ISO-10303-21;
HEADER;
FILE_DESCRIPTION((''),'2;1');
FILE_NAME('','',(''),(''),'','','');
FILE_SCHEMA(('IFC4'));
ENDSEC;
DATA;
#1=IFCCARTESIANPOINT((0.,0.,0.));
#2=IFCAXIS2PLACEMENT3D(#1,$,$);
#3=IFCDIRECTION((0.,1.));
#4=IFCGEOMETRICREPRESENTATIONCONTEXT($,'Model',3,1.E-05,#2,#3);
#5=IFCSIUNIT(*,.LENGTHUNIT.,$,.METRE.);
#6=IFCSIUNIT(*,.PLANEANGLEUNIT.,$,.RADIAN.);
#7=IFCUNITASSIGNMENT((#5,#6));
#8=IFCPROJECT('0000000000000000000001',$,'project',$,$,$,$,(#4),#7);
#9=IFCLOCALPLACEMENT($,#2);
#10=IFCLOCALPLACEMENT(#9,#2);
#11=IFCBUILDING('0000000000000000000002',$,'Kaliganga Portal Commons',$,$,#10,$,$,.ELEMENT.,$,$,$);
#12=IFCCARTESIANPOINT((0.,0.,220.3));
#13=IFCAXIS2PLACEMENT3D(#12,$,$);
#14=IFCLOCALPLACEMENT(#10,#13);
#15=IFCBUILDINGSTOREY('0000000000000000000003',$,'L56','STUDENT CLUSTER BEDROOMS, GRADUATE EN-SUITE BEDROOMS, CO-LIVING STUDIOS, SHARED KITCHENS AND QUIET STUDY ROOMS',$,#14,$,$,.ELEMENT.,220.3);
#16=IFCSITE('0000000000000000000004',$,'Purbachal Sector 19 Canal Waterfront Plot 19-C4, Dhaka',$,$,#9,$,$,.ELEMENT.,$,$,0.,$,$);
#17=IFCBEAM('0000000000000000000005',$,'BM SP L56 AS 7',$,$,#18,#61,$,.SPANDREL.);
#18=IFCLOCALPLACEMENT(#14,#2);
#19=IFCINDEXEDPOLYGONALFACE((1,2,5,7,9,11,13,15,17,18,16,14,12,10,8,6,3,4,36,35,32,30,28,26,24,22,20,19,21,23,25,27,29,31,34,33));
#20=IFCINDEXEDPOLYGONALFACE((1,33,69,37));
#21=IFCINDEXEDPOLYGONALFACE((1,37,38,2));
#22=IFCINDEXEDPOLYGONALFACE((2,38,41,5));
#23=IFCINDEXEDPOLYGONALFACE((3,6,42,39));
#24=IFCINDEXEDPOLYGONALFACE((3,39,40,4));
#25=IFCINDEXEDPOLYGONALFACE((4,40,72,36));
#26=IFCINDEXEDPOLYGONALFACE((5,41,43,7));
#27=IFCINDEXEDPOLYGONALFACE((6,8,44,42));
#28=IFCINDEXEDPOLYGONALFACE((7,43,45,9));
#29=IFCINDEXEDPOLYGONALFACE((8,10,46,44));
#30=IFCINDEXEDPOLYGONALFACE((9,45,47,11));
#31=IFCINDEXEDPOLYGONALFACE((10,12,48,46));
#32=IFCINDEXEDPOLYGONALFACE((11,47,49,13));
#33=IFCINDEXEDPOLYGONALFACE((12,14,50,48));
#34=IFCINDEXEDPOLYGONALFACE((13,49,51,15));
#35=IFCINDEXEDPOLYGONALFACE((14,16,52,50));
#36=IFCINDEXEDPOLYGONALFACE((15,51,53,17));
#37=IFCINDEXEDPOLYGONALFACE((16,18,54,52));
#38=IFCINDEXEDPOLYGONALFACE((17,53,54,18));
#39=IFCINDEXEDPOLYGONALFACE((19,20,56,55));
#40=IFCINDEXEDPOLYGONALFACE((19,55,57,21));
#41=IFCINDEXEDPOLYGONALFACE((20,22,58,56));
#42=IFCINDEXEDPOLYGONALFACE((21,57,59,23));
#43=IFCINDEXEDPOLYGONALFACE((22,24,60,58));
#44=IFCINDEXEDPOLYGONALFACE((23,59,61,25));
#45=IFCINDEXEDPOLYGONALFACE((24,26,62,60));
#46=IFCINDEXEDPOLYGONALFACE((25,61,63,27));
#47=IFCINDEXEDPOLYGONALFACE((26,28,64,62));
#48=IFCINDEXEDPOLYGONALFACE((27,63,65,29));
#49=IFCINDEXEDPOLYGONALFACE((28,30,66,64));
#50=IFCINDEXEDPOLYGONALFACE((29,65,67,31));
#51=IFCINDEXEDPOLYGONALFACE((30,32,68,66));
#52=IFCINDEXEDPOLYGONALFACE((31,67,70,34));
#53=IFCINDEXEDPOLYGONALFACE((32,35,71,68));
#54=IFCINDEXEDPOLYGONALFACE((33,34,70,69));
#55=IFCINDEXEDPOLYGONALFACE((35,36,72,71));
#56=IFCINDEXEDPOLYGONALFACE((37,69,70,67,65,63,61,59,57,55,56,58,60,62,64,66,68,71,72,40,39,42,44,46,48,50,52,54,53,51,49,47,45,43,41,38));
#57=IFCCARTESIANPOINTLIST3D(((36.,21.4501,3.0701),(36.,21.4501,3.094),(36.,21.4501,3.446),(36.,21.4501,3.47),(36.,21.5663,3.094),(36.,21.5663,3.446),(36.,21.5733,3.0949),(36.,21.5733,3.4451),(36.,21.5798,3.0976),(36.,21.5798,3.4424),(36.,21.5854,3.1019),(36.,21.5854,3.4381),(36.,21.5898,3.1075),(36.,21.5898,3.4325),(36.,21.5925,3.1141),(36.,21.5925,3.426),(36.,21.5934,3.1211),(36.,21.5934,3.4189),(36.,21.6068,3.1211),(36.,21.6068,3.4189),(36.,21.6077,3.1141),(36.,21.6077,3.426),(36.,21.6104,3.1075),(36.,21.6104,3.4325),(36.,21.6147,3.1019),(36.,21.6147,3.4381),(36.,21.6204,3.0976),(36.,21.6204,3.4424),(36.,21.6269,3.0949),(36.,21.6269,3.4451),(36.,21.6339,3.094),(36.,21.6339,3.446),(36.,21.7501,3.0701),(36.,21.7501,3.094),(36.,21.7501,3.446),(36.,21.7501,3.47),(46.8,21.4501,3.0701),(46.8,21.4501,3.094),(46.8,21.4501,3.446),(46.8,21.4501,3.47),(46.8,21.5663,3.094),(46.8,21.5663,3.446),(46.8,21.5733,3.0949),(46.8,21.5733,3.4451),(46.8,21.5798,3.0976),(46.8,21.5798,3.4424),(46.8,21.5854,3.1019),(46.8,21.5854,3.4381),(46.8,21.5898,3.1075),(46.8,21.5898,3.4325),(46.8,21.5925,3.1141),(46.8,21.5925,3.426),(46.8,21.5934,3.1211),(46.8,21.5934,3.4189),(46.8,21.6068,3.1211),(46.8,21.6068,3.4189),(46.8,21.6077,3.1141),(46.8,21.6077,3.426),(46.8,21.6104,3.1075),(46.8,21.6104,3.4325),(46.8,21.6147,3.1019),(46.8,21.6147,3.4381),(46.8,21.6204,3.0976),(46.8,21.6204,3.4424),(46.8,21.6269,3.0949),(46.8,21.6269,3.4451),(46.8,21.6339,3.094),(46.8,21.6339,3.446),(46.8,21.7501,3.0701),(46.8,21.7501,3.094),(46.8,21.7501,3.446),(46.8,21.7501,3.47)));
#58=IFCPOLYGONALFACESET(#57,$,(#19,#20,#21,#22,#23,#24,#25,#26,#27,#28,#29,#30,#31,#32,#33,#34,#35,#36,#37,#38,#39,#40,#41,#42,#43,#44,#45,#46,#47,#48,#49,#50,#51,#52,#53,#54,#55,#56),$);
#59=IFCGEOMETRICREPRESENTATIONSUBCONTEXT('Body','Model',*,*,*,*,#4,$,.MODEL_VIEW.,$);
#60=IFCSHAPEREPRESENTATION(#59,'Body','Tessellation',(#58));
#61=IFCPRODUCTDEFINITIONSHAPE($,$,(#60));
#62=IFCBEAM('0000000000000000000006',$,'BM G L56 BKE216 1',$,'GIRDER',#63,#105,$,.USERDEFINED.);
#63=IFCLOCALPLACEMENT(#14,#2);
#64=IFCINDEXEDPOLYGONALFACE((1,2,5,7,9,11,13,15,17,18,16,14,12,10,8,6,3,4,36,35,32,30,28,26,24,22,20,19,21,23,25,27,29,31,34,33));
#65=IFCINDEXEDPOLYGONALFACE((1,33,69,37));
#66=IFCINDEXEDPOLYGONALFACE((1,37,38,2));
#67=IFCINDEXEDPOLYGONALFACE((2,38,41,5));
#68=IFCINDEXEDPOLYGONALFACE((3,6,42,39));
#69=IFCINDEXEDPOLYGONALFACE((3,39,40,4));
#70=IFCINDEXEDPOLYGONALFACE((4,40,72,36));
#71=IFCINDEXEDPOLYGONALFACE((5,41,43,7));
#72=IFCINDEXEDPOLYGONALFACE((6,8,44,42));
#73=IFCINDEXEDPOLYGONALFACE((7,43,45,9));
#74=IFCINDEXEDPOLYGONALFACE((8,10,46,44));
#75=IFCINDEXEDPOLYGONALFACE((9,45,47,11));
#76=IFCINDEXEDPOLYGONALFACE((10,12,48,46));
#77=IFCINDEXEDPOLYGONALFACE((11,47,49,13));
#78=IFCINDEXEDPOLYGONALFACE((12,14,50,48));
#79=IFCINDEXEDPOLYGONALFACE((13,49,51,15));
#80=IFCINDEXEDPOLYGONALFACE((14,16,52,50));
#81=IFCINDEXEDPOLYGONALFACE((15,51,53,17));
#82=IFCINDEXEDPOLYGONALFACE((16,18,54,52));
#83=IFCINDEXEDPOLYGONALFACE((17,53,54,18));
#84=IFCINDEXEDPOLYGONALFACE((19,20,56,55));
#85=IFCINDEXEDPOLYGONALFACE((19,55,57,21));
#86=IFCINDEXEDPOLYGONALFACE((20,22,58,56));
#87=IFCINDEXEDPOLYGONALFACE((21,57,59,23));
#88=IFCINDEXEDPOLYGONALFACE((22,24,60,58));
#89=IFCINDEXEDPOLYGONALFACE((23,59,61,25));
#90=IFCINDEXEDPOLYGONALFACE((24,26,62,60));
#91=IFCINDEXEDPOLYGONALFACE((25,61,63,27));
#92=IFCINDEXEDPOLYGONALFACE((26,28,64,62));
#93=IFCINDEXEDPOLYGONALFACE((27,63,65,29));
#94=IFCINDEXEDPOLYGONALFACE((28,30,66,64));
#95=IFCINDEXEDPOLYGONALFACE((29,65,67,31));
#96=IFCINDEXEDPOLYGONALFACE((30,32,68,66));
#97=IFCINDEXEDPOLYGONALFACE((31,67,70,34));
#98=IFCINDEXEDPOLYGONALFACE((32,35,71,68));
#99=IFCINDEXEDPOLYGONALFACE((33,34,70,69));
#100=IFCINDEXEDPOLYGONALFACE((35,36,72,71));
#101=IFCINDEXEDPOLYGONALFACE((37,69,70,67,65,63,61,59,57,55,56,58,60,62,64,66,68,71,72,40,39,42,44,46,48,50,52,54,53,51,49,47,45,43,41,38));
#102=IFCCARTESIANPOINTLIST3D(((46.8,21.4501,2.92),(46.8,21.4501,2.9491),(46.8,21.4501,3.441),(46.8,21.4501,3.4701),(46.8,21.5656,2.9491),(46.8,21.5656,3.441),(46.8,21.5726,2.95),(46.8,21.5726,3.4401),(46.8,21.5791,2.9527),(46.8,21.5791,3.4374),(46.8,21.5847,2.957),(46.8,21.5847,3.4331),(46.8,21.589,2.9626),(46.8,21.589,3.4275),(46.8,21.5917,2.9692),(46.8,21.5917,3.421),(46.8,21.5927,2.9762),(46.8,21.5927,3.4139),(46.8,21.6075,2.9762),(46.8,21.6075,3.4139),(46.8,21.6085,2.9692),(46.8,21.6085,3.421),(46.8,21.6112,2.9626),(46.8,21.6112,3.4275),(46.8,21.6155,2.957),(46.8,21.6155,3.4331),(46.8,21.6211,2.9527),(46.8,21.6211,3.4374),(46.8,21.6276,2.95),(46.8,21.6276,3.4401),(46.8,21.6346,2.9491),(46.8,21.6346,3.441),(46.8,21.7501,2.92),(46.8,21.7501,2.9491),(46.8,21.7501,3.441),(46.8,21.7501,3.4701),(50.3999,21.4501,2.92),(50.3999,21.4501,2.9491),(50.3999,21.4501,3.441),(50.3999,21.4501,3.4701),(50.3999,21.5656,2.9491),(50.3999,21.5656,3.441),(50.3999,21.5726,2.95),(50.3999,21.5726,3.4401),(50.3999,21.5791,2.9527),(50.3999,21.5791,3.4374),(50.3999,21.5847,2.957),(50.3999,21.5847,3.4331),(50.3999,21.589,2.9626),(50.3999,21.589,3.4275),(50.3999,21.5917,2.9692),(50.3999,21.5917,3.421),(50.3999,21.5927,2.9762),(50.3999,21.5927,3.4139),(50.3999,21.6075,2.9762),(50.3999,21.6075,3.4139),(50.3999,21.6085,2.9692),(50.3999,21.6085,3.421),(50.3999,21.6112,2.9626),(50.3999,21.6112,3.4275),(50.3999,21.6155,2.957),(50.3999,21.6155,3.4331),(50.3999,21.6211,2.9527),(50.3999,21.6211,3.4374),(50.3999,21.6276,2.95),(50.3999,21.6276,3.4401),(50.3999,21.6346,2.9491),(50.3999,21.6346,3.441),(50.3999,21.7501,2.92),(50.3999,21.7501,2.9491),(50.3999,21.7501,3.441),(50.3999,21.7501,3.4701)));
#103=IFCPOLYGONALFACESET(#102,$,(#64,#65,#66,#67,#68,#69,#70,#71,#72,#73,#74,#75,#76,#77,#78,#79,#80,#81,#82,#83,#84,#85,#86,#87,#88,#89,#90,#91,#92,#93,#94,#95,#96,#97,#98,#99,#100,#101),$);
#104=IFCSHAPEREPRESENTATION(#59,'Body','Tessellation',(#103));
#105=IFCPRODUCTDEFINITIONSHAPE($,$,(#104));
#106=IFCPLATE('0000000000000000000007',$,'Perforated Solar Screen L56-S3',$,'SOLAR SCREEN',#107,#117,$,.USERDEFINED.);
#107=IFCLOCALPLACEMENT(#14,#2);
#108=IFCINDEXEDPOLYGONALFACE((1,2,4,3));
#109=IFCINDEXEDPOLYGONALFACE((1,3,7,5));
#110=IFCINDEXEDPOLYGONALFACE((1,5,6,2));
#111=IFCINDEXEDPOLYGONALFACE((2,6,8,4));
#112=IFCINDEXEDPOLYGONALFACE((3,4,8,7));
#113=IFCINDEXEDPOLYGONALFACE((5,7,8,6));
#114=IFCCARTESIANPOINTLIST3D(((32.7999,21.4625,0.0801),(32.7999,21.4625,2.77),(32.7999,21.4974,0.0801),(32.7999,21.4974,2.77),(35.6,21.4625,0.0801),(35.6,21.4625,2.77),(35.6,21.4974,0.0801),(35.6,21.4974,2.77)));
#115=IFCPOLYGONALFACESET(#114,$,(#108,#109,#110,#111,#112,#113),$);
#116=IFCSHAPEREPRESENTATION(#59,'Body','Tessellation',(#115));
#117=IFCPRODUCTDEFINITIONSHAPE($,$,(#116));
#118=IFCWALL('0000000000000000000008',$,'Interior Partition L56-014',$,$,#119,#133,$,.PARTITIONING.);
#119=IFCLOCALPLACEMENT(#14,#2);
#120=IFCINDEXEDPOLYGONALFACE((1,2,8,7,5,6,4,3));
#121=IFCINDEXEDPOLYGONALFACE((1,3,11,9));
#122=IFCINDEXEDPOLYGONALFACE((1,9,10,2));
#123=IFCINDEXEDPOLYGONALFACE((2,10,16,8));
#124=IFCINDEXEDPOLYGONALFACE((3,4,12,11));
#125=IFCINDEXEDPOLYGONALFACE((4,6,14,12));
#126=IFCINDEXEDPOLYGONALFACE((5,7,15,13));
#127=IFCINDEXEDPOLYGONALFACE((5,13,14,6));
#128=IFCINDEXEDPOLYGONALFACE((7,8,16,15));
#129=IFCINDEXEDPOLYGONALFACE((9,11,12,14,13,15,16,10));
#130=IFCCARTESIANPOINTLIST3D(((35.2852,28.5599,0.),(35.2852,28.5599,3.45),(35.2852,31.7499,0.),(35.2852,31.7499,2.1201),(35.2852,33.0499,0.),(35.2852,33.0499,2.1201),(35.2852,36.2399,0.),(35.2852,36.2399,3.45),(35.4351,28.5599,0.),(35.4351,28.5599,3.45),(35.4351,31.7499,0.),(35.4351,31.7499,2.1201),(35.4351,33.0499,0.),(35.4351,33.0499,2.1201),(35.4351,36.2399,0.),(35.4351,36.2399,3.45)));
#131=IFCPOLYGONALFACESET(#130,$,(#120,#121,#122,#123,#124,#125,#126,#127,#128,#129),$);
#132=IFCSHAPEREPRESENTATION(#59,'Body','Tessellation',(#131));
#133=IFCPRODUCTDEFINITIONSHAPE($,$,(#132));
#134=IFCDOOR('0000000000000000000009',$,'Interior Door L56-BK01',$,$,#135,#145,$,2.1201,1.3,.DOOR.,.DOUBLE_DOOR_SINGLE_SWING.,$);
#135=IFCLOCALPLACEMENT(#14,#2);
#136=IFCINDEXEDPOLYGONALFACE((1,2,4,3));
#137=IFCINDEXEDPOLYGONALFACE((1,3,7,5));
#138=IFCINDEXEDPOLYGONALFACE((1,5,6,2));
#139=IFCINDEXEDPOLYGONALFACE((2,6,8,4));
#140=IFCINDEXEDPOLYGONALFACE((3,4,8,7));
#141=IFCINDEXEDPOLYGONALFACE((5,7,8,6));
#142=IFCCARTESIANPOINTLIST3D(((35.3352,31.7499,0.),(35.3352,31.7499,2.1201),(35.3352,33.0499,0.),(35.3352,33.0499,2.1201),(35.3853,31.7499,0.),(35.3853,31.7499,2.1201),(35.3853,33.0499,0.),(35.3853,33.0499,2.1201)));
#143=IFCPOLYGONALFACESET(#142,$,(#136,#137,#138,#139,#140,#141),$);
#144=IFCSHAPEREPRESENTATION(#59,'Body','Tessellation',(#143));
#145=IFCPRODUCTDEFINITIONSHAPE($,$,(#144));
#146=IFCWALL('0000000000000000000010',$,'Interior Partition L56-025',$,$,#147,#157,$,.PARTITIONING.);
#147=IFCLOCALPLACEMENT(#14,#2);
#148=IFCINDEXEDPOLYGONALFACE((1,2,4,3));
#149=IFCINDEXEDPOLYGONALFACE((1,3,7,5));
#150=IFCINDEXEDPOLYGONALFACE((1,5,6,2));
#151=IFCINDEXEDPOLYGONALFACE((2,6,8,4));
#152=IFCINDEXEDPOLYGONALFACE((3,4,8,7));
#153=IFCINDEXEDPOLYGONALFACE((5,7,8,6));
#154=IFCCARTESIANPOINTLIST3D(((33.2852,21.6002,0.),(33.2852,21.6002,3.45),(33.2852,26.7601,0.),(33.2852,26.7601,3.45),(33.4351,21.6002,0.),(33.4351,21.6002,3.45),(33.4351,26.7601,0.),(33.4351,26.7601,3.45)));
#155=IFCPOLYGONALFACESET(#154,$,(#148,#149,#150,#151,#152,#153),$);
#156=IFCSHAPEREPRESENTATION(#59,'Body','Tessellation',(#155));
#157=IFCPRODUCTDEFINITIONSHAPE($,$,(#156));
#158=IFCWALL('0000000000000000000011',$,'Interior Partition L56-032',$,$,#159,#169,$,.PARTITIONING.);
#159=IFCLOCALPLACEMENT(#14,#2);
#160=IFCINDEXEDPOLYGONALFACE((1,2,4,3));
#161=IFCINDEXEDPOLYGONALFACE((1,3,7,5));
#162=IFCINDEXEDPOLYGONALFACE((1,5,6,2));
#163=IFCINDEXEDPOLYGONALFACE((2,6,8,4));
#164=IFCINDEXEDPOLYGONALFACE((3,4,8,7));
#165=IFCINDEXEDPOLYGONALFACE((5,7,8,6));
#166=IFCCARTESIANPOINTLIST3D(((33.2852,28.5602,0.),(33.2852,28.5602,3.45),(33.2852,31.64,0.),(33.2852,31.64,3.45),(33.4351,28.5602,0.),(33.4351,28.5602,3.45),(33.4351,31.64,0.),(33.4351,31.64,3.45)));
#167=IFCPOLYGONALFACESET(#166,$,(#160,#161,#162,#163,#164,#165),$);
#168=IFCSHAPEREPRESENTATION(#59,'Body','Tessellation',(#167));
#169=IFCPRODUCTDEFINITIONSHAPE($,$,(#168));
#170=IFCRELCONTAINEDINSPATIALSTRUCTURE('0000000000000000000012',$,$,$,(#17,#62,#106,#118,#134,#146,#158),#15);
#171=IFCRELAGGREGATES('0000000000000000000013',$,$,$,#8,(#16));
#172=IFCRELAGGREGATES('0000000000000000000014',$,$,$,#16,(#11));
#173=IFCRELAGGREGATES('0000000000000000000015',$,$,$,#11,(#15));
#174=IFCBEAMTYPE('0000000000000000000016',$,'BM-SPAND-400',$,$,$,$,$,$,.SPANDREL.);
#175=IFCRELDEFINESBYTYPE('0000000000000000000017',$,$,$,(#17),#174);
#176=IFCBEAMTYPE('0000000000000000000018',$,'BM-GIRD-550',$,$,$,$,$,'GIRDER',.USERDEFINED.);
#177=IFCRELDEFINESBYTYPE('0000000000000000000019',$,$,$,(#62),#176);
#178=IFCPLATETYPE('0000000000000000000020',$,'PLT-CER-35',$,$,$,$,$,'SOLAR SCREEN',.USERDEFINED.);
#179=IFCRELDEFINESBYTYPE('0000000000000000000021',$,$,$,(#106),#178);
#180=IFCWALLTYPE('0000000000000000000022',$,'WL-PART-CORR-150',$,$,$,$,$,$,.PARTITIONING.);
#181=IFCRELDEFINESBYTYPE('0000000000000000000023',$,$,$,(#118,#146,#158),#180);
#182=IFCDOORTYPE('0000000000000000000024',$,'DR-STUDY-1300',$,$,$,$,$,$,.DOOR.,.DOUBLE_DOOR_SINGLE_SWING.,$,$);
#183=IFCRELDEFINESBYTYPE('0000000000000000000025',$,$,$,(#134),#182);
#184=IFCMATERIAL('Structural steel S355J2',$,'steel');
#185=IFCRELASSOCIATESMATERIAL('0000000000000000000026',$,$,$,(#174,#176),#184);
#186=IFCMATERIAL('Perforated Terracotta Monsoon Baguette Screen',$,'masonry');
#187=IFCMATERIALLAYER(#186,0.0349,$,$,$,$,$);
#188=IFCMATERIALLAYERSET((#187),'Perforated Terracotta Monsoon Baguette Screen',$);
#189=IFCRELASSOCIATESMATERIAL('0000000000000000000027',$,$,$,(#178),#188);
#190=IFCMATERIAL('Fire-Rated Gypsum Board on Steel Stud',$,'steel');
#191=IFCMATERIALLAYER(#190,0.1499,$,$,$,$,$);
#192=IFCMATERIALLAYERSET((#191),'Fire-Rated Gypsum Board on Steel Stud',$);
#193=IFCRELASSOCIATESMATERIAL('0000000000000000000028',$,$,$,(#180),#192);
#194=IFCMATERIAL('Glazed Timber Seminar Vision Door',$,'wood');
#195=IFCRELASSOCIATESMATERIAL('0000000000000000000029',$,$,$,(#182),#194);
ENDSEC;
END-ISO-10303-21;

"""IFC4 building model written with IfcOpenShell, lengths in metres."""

from ifc_helpers import new_model, si_unit, direction, frame, frame_2d, origin, origin_2d, place, context, subcontext, project, spatial, rectangle, i_section, extrude, source, transform, mapped, material, layer, layer_set, material_profile, profile_set, type_object, element, fill, save


model = new_model("IFC4")

# Units and contexts
model_context = context("Model", 3, precision=1e-05, world=origin(), true_north=direction((0.0, 1.0)))
body_context = subcontext(model_context, "Body", "Model", "MODEL_VIEW")
ifc_project = project(units=[si_unit("LENGTHUNIT", "METRE"), si_unit("PLANEANGLEUNIT", "RADIAN")], contexts=[model_context])

# Site, building, storey
site_placement = place(None, origin())
site = spatial("IfcSite", under=ifc_project, at=site_placement, Name="Purbachal Sector 19 Canal Waterfront Plot 19-C4, Dhaka", CompositionType="ELEMENT", RefElevation=0.0)
building_placement = place(site_placement, origin())
building = spatial("IfcBuilding", under=site, at=building_placement, Name="Kaliganga Portal Commons", CompositionType="ELEMENT")
storey_placement = place(building_placement, frame((0.0, 0.0, 220.3)))
storey = spatial("IfcBuildingStorey", under=building, at=storey_placement, Name="L56", Description="STUDENT CLUSTER BEDROOMS, GRADUATE EN-SUITE BEDROOMS, CO-LIVING STUDIOS, SHARED KITCHENS AND QUIET STUDY ROOMS", CompositionType="ELEMENT", Elevation=220.3)

# Beams
ifc_material_1 = material(Name="Structural steel S355J2", Category="steel")
ifc_material_profile_1 = material_profile(ifc_material_1, i_section(OverallWidth=0.3, OverallDepth=0.3999, WebThickness=0.0134, FlangeThickness=0.0239, FilletRadius=0.0271, at=origin_2d()), Name="HE 400 B")
ifc_profile_set_1 = profile_set([ifc_material_profile_1], Name="Structural steel S355J2 wide-flange")
beam_type_1 = type_object("IfcBeamType", Name="BM-SPAND-400", PredefinedType="SPANDREL", material=ifc_profile_set_1)
shared_shape_1 = source(origin(), body_context, "Body", "SweptSolid", [
    extrude(i_section(OverallWidth=0.3, OverallDepth=0.3999, WebThickness=0.0134, FlangeThickness=0.0239, FilletRadius=0.0271, at=origin_2d()), origin(), (0.0, 0.0, 1.0), 10.8),
])
beam_1_placement = place(storey_placement, frame((36.0, 21.6001, 3.27), z_axis=(1.0, 0.0, 0.0), x_axis=(0.0, 1.0, 0.0)))
element("IfcBeam", 1, at=beam_1_placement, inside=storey, type_object=beam_type_1, Name="BM SP L56 AS 7", PredefinedType="SPANDREL", context=body_context, shape_type="MappedRepresentation", body=[
    mapped(shared_shape_1, transform((0.0, 0.0, 0.0), x_axis=(1.0, 0.0, 0.0), y_axis=(0.0, 1.0, 0.0), z_axis=(0.0, 0.0, 1.0), scale=1.0)),
])
ifc_material_profile_2 = material_profile(ifc_material_1, i_section(OverallWidth=0.3, OverallDepth=0.55, WebThickness=0.0149, FlangeThickness=0.0291, FilletRadius=0.0271, at=origin_2d()), Name="HE 550 B")
ifc_profile_set_2 = profile_set([ifc_material_profile_2], Name="Structural steel S355J2 wide-flange")
beam_type_2 = type_object("IfcBeamType", Name="BM-GIRD-550", ElementType="GIRDER", PredefinedType="USERDEFINED", material=ifc_profile_set_2)
shared_shape_2 = source(origin(), body_context, "Body", "SweptSolid", [
    extrude(i_section(OverallWidth=0.3, OverallDepth=0.55, WebThickness=0.0149, FlangeThickness=0.0291, FilletRadius=0.0271, at=origin_2d()), origin(), (0.0, 0.0, 1.0), 3.5999),
])
beam_2_placement = place(storey_placement, frame((46.8, 21.6001, 3.1951), z_axis=(1.0, 0.0, 0.0), x_axis=(0.0, 1.0, 0.0)))
element("IfcBeam", 2, at=beam_2_placement, inside=storey, type_object=beam_type_2, Name="BM G L56 BKE216 1", ObjectType="GIRDER", PredefinedType="USERDEFINED", context=body_context, shape_type="MappedRepresentation", body=[
    mapped(shared_shape_2, transform((0.0, 0.0, 0.0), x_axis=(1.0, 0.0, 0.0), y_axis=(0.0, 1.0, 0.0), z_axis=(0.0, 0.0, 1.0), scale=1.0)),
])

# Plate
ifc_material_2 = material(Name="Perforated Terracotta Monsoon Baguette Screen", Category="masonry")
ifc_layer_1 = layer(ifc_material_2, 0.0349)
ifc_layer_set_1 = layer_set([ifc_layer_1], Name="Perforated Terracotta Monsoon Baguette Screen")
plate_type = type_object("IfcPlateType", Name="PLT-CER-35", ElementType="SOLAR SCREEN", PredefinedType="USERDEFINED", material=ifc_layer_set_1)
shared_shape_3 = source(origin(), body_context, "Body", "SweptSolid", [
    extrude(rectangle(XDim=2.8, YDim=0.0349, at=origin_2d()), origin(), (0.0, 0.0, 1.0), 2.6899),
])
plate_placement = place(storey_placement, frame((34.2, 21.48, 0.0801), z_axis=(0.0, 0.0, 1.0), x_axis=(1.0, 0.0, 0.0)))
element("IfcPlate", 3, at=plate_placement, inside=storey, type_object=plate_type, Name="Perforated Solar Screen L56-S3", ObjectType="SOLAR SCREEN", PredefinedType="USERDEFINED", context=body_context, shape_type="MappedRepresentation", body=[
    mapped(shared_shape_3, transform((0.0, 0.0, 0.0), x_axis=(1.0, 0.0, 0.0), y_axis=(0.0, 1.0, 0.0), z_axis=(0.0, 0.0, 1.0), scale=1.0)),
])

# Wall, opening, door
ifc_material_3 = material(Name="Fire-Rated Gypsum Board on Steel Stud", Category="steel")
ifc_layer_2 = layer(ifc_material_3, 0.1499)
ifc_layer_set_2 = layer_set([ifc_layer_2], Name="Fire-Rated Gypsum Board on Steel Stud")
wall_type_1 = type_object("IfcWallType", Name="WL-PART-CORR-150", PredefinedType="PARTITIONING", material=ifc_layer_set_2)
wall_1_placement = place(storey_placement, frame((35.3601, 28.5601, 0.0), z_axis=(0.0, 0.0, 1.0), x_axis=(0.0, 1.0, 0.0)))
wall_1 = element("IfcWall", 4, at=wall_1_placement, inside=storey, type_object=wall_type_1, Name="Interior Partition L56-014", PredefinedType="PARTITIONING", context=body_context, shape_type="SweptSolid", body=[
    extrude(rectangle(XDim=7.6799, YDim=0.1499, at=frame_2d((3.8398, 0.0))), origin(), (0.0, 0.0, 1.0), 3.45),
])
opening_placement = place(wall_1_placement, frame((3.1899, 0.0, 0.0)))
opening = element("IfcOpeningElement", 5, at=opening_placement, cuts=wall_1, PredefinedType="OPENING", context=body_context, shape_type="SweptSolid", body=[
    extrude(rectangle(XDim=1.3, YDim=2.1201, at=frame_2d((0.6499, 1.0601))), frame((0.0, 0.085, 0.0), z_axis=(0.0, -1.0, 0.0), x_axis=(1.0, 0.0, 0.0)), (0.0, 0.0, 1.0), 0.1699),
])
ifc_material_4 = material(Name="Glazed Timber Seminar Vision Door", Category="wood")
door_type = type_object("IfcDoorType", Name="DR-STUDY-1300", OperationType="DOUBLE_DOOR_SINGLE_SWING", PredefinedType="DOOR", material=ifc_material_4)
door_placement = place(opening_placement, origin())
door = element("IfcDoor", 6, at=door_placement, inside=storey, type_object=door_type, Name="Interior Door L56-BK01", OperationType="DOUBLE_DOOR_SINGLE_SWING", OverallHeight=2.1201, OverallWidth=1.3, PredefinedType="DOOR", context=body_context, shape_type="SweptSolid", body=[
    extrude(rectangle(XDim=1.3, YDim=2.1201, at=frame_2d((0.6499, 1.0601))), frame((0.0, 0.0249, 0.0), z_axis=(0.0, -1.0, 0.0), x_axis=(1.0, 0.0, 0.0)), (0.0, 0.0, 1.0), 0.05),
])
fill(opening, door)

# Walls
wall_2_placement = place(storey_placement, frame((33.3601, 21.6001, 0.0), z_axis=(0.0, 0.0, 1.0), x_axis=(0.0, 1.0, 0.0)))
element("IfcWall", 7, at=wall_2_placement, inside=storey, type_object=wall_type_1, Name="Interior Partition L56-025", PredefinedType="PARTITIONING", context=body_context, shape_type="SweptSolid", body=[
    extrude(rectangle(XDim=5.1599, YDim=0.1499, at=frame_2d((2.5801, 0.0))), origin(), (0.0, 0.0, 1.0), 3.45),
])
wall_3_placement = place(storey_placement, frame((33.3601, 28.5601, 0.0), z_axis=(0.0, 0.0, 1.0), x_axis=(0.0, 1.0, 0.0)))
element("IfcWall", 8, at=wall_3_placement, inside=storey, type_object=wall_type_1, Name="Interior Partition L56-032", PredefinedType="PARTITIONING", context=body_context, shape_type="SweptSolid", body=[
    extrude(rectangle(XDim=3.0798, YDim=0.1499, at=frame_2d((1.54, 0.0))), origin(), (0.0, 0.0, 1.0), 3.45),
])

save(model, "model.ifc")
